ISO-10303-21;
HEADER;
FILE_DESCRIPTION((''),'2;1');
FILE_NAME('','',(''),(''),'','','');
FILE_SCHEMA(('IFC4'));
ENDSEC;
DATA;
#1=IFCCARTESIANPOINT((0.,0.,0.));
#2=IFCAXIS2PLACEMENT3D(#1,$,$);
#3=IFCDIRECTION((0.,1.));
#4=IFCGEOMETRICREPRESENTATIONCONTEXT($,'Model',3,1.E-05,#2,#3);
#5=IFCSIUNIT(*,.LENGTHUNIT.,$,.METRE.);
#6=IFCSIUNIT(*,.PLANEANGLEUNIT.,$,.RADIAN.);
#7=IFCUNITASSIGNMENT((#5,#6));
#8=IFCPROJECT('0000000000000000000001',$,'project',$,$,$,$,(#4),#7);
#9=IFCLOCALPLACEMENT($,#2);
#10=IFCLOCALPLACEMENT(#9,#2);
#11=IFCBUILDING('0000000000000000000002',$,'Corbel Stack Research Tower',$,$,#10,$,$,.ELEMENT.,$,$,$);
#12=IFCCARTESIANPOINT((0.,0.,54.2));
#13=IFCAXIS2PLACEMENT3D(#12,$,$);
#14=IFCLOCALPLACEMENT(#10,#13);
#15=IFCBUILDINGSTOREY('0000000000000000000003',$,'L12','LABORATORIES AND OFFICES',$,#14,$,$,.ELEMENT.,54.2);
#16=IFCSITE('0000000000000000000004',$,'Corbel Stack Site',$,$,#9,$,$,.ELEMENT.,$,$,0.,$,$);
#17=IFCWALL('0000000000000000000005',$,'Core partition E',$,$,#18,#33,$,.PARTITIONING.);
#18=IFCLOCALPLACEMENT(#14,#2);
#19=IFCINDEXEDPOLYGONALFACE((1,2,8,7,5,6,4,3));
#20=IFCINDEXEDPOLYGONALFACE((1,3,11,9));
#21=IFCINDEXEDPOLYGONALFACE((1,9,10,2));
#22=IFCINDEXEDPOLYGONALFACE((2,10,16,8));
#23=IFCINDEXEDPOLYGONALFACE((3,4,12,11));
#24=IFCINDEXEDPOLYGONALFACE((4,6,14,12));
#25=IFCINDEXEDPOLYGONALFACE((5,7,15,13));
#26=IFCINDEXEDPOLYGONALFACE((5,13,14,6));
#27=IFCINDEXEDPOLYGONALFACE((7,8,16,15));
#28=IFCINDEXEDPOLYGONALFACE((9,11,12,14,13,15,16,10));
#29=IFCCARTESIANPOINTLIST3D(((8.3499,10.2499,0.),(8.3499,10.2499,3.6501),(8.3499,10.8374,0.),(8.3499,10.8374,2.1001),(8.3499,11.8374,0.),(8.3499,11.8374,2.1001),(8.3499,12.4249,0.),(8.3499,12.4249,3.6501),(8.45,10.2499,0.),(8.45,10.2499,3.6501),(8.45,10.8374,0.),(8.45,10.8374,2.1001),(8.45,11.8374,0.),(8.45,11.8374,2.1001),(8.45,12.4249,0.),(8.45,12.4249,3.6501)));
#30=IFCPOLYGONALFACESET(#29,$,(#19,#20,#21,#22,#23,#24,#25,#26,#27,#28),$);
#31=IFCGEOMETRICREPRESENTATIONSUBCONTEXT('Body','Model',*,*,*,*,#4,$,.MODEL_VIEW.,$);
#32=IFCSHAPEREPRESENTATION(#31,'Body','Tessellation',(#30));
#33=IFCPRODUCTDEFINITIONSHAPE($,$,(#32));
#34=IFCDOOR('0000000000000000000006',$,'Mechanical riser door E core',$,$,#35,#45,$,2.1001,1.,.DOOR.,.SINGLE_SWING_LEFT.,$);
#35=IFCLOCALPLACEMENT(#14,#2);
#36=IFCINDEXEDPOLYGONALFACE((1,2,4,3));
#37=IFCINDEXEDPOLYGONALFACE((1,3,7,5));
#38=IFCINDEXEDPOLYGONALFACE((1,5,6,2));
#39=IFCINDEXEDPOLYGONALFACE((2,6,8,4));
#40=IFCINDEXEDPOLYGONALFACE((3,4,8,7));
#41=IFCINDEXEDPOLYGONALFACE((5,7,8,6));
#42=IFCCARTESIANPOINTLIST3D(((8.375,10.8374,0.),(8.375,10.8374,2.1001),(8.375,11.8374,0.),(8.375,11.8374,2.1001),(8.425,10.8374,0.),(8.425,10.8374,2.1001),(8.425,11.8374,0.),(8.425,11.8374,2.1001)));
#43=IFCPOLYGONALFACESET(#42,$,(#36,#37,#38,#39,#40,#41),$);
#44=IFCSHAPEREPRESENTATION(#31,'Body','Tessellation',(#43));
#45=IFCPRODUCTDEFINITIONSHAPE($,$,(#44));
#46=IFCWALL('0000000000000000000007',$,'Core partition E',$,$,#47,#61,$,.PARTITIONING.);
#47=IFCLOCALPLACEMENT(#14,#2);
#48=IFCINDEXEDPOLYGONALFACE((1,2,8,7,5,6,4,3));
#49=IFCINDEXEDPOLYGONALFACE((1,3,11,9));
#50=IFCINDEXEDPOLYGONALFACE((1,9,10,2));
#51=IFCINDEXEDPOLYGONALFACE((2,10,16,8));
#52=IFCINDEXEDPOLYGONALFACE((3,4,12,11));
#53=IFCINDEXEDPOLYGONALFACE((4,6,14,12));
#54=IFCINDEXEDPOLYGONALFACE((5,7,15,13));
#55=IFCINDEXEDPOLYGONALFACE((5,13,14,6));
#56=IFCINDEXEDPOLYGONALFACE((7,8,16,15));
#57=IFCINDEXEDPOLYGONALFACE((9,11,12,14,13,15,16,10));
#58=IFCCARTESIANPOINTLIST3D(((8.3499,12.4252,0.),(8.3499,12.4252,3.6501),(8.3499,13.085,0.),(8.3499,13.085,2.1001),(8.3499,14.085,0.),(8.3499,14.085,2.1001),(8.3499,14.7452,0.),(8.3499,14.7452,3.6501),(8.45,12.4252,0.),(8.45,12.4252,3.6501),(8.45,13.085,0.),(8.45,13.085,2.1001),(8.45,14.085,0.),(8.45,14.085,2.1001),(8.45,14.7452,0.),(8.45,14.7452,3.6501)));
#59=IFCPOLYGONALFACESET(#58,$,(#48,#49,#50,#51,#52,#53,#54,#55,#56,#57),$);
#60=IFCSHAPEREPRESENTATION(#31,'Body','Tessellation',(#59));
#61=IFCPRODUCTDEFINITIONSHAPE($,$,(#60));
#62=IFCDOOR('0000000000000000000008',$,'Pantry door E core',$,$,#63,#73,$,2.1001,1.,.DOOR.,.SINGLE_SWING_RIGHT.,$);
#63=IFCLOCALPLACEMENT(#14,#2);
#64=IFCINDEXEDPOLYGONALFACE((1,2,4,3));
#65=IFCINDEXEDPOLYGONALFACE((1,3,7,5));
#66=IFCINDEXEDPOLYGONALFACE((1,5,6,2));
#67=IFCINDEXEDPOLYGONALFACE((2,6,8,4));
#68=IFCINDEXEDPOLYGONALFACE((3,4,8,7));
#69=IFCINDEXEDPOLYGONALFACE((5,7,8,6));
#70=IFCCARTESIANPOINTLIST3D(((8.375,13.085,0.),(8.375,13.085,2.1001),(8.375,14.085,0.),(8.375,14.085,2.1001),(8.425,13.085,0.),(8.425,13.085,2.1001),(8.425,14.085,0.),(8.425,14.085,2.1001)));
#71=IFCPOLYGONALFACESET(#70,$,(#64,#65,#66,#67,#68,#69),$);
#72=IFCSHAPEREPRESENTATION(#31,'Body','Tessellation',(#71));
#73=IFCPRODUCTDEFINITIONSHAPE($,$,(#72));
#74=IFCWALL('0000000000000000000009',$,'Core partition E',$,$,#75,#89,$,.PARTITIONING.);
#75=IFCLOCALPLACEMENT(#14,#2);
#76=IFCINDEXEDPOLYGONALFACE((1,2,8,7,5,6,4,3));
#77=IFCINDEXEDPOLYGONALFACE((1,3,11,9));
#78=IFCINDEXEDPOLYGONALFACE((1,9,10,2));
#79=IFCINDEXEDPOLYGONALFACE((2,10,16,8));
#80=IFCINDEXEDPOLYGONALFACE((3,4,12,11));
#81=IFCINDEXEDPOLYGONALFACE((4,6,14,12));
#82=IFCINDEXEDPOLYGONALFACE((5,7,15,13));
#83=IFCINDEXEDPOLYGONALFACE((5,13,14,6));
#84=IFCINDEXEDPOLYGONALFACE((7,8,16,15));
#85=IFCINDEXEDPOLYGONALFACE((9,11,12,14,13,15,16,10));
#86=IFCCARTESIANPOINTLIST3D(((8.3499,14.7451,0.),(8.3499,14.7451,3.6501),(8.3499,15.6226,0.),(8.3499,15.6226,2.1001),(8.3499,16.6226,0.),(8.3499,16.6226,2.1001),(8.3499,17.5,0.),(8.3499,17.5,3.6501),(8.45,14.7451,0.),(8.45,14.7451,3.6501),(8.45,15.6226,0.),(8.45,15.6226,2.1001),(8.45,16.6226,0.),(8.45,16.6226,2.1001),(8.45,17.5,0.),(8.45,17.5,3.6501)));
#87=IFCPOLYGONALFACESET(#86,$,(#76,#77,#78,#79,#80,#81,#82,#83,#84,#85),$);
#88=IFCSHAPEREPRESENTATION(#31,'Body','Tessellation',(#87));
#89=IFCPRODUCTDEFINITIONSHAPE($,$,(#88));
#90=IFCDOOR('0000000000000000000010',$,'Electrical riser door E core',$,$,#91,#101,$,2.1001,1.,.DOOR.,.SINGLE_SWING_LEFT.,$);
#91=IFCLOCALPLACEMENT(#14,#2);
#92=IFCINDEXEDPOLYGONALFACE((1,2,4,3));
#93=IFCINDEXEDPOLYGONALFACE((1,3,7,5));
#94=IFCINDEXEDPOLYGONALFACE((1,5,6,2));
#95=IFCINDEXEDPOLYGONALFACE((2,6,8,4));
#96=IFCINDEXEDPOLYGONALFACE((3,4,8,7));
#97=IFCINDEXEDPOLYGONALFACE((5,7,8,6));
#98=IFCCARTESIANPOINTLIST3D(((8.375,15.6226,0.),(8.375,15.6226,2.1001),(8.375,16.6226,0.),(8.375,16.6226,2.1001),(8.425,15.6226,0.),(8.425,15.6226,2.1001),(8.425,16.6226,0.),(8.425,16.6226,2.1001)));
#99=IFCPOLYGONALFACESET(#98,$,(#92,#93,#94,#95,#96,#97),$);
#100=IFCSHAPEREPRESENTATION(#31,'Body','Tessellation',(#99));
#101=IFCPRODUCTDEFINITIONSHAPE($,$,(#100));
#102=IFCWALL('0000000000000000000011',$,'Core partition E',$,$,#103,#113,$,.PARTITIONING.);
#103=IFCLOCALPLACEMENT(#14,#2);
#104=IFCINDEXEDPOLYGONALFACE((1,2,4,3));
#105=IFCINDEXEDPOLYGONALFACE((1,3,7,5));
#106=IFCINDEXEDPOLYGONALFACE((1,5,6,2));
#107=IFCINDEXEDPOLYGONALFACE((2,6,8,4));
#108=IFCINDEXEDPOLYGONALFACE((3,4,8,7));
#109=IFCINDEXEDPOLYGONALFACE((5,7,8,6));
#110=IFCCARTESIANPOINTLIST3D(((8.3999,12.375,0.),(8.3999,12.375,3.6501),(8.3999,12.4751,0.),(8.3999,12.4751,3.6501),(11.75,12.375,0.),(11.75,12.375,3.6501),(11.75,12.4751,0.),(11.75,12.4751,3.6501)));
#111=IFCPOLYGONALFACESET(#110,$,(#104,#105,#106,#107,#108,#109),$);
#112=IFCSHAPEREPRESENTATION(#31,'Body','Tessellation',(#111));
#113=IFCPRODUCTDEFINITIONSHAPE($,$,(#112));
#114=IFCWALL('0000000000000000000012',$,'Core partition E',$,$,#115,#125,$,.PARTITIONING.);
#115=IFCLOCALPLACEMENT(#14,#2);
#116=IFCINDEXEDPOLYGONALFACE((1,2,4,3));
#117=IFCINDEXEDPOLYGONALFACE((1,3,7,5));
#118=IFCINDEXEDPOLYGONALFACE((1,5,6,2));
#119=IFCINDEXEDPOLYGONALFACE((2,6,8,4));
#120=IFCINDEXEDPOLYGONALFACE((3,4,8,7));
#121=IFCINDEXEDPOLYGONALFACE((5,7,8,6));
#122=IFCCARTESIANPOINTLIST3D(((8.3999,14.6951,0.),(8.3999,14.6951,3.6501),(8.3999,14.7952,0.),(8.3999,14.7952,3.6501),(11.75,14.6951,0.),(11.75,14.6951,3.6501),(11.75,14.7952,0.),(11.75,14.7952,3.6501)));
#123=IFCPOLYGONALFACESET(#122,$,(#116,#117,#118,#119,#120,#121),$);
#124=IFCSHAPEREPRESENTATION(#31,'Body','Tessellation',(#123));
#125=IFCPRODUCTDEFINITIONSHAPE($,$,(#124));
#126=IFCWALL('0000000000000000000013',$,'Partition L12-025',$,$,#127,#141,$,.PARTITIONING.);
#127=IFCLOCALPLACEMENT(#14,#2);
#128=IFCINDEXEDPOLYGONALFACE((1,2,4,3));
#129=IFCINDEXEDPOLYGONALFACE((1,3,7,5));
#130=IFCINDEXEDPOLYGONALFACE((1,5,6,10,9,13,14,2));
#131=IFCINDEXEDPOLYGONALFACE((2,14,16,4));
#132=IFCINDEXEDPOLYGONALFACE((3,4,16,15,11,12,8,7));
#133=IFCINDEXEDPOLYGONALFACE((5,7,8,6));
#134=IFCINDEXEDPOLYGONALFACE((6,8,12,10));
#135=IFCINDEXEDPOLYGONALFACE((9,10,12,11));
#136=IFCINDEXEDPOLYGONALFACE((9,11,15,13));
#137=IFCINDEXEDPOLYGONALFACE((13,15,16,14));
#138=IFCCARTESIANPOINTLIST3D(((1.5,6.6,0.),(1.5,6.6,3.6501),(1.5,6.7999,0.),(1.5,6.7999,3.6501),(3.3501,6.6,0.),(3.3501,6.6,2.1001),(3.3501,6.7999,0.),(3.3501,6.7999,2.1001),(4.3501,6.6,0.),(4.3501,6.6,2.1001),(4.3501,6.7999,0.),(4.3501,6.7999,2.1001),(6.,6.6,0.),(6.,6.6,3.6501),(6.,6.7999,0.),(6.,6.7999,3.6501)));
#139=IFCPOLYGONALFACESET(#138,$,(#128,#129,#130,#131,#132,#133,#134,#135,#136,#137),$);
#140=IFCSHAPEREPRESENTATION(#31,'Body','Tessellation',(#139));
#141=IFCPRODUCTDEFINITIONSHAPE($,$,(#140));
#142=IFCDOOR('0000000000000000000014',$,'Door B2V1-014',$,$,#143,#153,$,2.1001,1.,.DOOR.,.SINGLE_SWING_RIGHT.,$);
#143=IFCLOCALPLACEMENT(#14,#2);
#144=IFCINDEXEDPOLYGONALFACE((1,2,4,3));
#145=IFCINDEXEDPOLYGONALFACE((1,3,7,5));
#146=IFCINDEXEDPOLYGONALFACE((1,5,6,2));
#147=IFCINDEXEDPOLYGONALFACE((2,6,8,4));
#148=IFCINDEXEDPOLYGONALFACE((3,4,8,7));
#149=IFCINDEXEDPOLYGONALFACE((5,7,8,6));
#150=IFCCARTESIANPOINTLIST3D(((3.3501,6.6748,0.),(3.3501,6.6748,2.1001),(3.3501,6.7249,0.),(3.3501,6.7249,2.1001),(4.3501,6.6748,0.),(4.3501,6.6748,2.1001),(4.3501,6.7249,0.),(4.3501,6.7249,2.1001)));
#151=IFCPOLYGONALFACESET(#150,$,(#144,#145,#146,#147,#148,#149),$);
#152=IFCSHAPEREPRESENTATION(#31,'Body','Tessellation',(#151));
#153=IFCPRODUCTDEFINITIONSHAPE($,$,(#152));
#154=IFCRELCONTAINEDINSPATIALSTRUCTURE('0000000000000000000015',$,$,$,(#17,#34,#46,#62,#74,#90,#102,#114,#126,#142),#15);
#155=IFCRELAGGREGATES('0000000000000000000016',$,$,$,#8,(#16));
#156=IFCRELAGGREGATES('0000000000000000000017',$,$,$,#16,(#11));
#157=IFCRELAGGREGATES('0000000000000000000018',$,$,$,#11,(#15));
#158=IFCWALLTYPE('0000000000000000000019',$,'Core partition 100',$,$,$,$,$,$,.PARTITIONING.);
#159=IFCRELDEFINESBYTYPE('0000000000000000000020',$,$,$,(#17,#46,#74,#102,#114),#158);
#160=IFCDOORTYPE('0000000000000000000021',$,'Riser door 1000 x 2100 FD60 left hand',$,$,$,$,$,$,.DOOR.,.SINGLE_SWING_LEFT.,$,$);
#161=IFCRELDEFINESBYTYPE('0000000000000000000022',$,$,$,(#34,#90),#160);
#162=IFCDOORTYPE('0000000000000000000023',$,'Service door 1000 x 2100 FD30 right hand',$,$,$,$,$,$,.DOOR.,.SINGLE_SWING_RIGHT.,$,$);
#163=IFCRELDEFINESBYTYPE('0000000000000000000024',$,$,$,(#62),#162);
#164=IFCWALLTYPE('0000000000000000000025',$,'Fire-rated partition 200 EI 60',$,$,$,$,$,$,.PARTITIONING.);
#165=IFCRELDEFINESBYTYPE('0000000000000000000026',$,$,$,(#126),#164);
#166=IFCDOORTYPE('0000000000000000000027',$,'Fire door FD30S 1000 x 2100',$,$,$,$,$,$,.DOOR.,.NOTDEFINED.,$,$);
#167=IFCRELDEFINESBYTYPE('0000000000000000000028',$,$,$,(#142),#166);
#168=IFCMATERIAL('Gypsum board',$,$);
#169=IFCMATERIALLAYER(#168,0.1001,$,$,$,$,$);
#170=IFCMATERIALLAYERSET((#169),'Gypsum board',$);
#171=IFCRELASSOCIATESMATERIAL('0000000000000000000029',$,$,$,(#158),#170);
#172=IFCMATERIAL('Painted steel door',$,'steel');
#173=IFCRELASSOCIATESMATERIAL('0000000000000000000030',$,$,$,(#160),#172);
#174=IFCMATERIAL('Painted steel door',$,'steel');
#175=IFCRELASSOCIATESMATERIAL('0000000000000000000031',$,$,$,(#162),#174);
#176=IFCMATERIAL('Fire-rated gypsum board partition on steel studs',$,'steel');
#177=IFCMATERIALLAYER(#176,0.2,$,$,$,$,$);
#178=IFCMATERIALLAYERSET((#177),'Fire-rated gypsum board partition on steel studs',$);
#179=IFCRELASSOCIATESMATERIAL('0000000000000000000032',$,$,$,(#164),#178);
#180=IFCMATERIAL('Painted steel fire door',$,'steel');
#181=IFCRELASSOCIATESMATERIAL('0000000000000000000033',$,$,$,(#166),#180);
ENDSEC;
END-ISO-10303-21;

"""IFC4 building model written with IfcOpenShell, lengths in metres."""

from ifc_helpers import new_model, si_unit, direction, frame, frame_2d, origin, place, context, subcontext, project, spatial, rectangle, extrude, material, layer, layer_set, type_object, element, fill, save


model = new_model("IFC4")

# Units and contexts
model_context = context("Model", 3, precision=1e-05, world=origin(), true_north=direction((0.0, 1.0)))
body_context = subcontext(model_context, "Body", "Model", "MODEL_VIEW")
ifc_project = project(units=[si_unit("LENGTHUNIT", "METRE"), si_unit("PLANEANGLEUNIT", "RADIAN")], contexts=[model_context])

# Site, building, storey
site_placement = place(None, origin())
site = spatial("IfcSite", under=ifc_project, at=site_placement, Name="Corbel Stack Site", CompositionType="ELEMENT", RefElevation=0.0)
building_placement = place(site_placement, origin())
building = spatial("IfcBuilding", under=site, at=building_placement, Name="Corbel Stack Research Tower", CompositionType="ELEMENT")
storey_placement = place(building_placement, frame((0.0, 0.0, 54.2)))
storey = spatial("IfcBuildingStorey", under=building, at=storey_placement, Name="L12", Description="LABORATORIES AND OFFICES", CompositionType="ELEMENT", Elevation=54.2)

# Walls, openings, doors
ifc_material_1 = material(Name="Gypsum board")
ifc_layer_1 = layer(ifc_material_1, 0.1001)
ifc_layer_set_1 = layer_set([ifc_layer_1], Name="Gypsum board")
wall_type_1 = type_object("IfcWallType", Name="Core partition 100", PredefinedType="PARTITIONING", material=ifc_layer_set_1)
wall_1_placement = place(storey_placement, frame((8.3999, 10.25, 0.0), z_axis=(0.0, 0.0, 1.0), x_axis=(0.0, 1.0, 0.0)))
wall_1 = element("IfcWall", 1, at=wall_1_placement, inside=storey, type_object=wall_type_1, Name="Core partition E", PredefinedType="PARTITIONING", context=body_context, shape_type="SweptSolid", body=[
    extrude(rectangle(XDim=2.175, YDim=0.1001, at=frame_2d((1.0874, 0.0))), origin(), (0.0, 0.0, 1.0), 3.6501),
])
opening_1_placement = place(wall_1_placement, frame((0.5874, 0.0, 0.0)))
opening_1 = element("IfcOpeningElement", 2, at=opening_1_placement, cuts=wall_1, PredefinedType="OPENING", context=body_context, shape_type="SweptSolid", body=[
    extrude(rectangle(XDim=1.0, YDim=2.1001, at=frame_2d((0.5, 1.05))), frame((0.0, 0.0601, 0.0), z_axis=(0.0, -1.0, 0.0), x_axis=(1.0, 0.0, 0.0)), (0.0, 0.0, 1.0), 0.1201),
])
ifc_material_2 = material(Name="Painted steel door", Category="steel")
door_type_1 = type_object("IfcDoorType", Name="Riser door 1000 x 2100 FD60 left hand", OperationType="SINGLE_SWING_LEFT", PredefinedType="DOOR", material=ifc_material_2)
door_1_placement = place(opening_1_placement, origin())
door_1 = element("IfcDoor", 3, at=door_1_placement, inside=storey, type_object=door_type_1, Name="Mechanical riser door E core", OperationType="SINGLE_SWING_LEFT", OverallHeight=2.1001, OverallWidth=1.0, PredefinedType="DOOR", context=body_context, shape_type="SweptSolid", body=[
    extrude(rectangle(XDim=1.0, YDim=2.1001, at=frame_2d((0.5, 1.05))), frame((0.0, 0.0249, 0.0), z_axis=(0.0, -1.0, 0.0), x_axis=(1.0, 0.0, 0.0)), (0.0, 0.0, 1.0), 0.05),
])
fill(opening_1, door_1)
wall_2_placement = place(storey_placement, frame((8.3999, 12.425, 0.0), z_axis=(0.0, 0.0, 1.0), x_axis=(0.0, 1.0, 0.0)))
wall_2 = element("IfcWall", 4, at=wall_2_placement, inside=storey, type_object=wall_type_1, Name="Core partition E", PredefinedType="PARTITIONING", context=body_context, shape_type="SweptSolid", body=[
    extrude(rectangle(XDim=2.3201, YDim=0.1001, at=frame_2d((1.1602, 0.0))), origin(), (0.0, 0.0, 1.0), 3.6501),
])
opening_2_placement = place(wall_2_placement, frame((0.6599, 0.0, 0.0)))
opening_2 = element("IfcOpeningElement", 5, at=opening_2_placement, cuts=wall_2, PredefinedType="OPENING", context=body_context, shape_type="SweptSolid", body=[
    extrude(rectangle(XDim=1.0, YDim=2.1001, at=frame_2d((0.5, 1.05))), frame((0.0, 0.0601, 0.0), z_axis=(0.0, -1.0, 0.0), x_axis=(1.0, 0.0, 0.0)), (0.0, 0.0, 1.0), 0.1201),
])
ifc_material_3 = material(Name="Painted steel door", Category="steel")
door_type_2 = type_object("IfcDoorType", Name="Service door 1000 x 2100 FD30 right hand", OperationType="SINGLE_SWING_RIGHT", PredefinedType="DOOR", material=ifc_material_3)
door_2_placement = place(opening_2_placement, origin())
door_2 = element("IfcDoor", 6, at=door_2_placement, inside=storey, type_object=door_type_2, Name="Pantry door E core", OperationType="SINGLE_SWING_RIGHT", OverallHeight=2.1001, OverallWidth=1.0, PredefinedType="DOOR", context=body_context, shape_type="SweptSolid", body=[
    extrude(rectangle(XDim=1.0, YDim=2.1001, at=frame_2d((0.5, 1.05))), frame((0.0, 0.0249, 0.0), z_axis=(0.0, -1.0, 0.0), x_axis=(1.0, 0.0, 0.0)), (0.0, 0.0, 1.0), 0.05),
])
fill(opening_2, door_2)
wall_3_placement = place(storey_placement, frame((8.3999, 14.7451, 0.0), z_axis=(0.0, 0.0, 1.0), x_axis=(0.0, 1.0, 0.0)))
wall_3 = element("IfcWall", 7, at=wall_3_placement, inside=storey, type_object=wall_type_1, Name="Core partition E", PredefinedType="PARTITIONING", context=body_context, shape_type="SweptSolid", body=[
    extrude(rectangle(XDim=2.7549, YDim=0.1001, at=frame_2d((1.3774, 0.0))), origin(), (0.0, 0.0, 1.0), 3.6501),
])
opening_3_placement = place(wall_3_placement, frame((0.8774, 0.0, 0.0)))
opening_3 = element("IfcOpeningElement", 8, at=opening_3_placement, cuts=wall_3, PredefinedType="OPENING", context=body_context, shape_type="SweptSolid", body=[
    extrude(rectangle(XDim=1.0, YDim=2.1001, at=frame_2d((0.5, 1.05))), frame((0.0, 0.0601, 0.0), z_axis=(0.0, -1.0, 0.0), x_axis=(1.0, 0.0, 0.0)), (0.0, 0.0, 1.0), 0.1201),
])
door_3_placement = place(opening_3_placement, origin())
door_3 = element("IfcDoor", 9, at=door_3_placement, inside=storey, type_object=door_type_1, Name="Electrical riser door E core", OperationType="SINGLE_SWING_LEFT", OverallHeight=2.1001, OverallWidth=1.0, PredefinedType="DOOR", context=body_context, shape_type="SweptSolid", body=[
    extrude(rectangle(XDim=1.0, YDim=2.1001, at=frame_2d((0.5, 1.05))), frame((0.0, 0.0249, 0.0), z_axis=(0.0, -1.0, 0.0), x_axis=(1.0, 0.0, 0.0)), (0.0, 0.0, 1.0), 0.05),
])
fill(opening_3, door_3)

# Walls
for number, where, z_axis, x_axis, name in (
    (10, (8.3999, 12.425, 0.0), (0.0, 0.0, 1.0), (1.0, 0.0, 0.0), "Core partition E"),
    (11, (8.3999, 14.7451, 0.0), (0.0, 0.0, 1.0), (1.0, 0.0, 0.0), "Core partition E"),
):
    element("IfcWall", number, at=place(storey_placement, frame(where, z_axis=z_axis, x_axis=x_axis)), inside=storey, type_object=wall_type_1, Name=name, PredefinedType="PARTITIONING", context=body_context, shape_type="SweptSolid", body=[
        extrude(rectangle(XDim=3.3501, YDim=0.1001, at=frame_2d((1.675, 0.0))), origin(), (0.0, 0.0, 1.0), 3.6501),
    ])

# Wall, opening, door
ifc_material_4 = material(Name="Fire-rated gypsum board partition on steel studs", Category="steel")
ifc_layer_2 = layer(ifc_material_4, 0.2)
ifc_layer_set_2 = layer_set([ifc_layer_2], Name="Fire-rated gypsum board partition on steel studs")
wall_type_2 = type_object("IfcWallType", Name="Fire-rated partition 200 EI 60", PredefinedType="PARTITIONING", material=ifc_layer_set_2)
wall_4_placement = place(storey_placement, frame((1.5, 6.7, 0.0), z_axis=(0.0, 0.0, 1.0), x_axis=(1.0, 0.0, 0.0)))
wall_4 = element("IfcWall", 12, at=wall_4_placement, inside=storey, type_object=wall_type_2, Name="Partition L12-025", PredefinedType="PARTITIONING", context=body_context, shape_type="SweptSolid", body=[
    extrude(rectangle(XDim=4.5, YDim=0.2, at=frame_2d((2.25, 0.0))), origin(), (0.0, 0.0, 1.0), 3.6501),
])
opening_4_placement = place(wall_4_placement, frame((1.8501, 0.0, 0.0)))
opening_4 = element("IfcOpeningElement", 13, at=opening_4_placement, cuts=wall_4, PredefinedType="OPENING", context=body_context, shape_type="SweptSolid", body=[
    extrude(rectangle(XDim=1.0, YDim=2.1001, at=frame_2d((0.5, 1.05))), frame((0.0, 0.1099, 0.0), z_axis=(0.0, -1.0, 0.0), x_axis=(1.0, 0.0, 0.0)), (0.0, 0.0, 1.0), 0.22),
])
ifc_material_5 = material(Name="Painted steel fire door", Category="steel")
door_type_3 = type_object("IfcDoorType", Name="Fire door FD30S 1000 x 2100", OperationType="NOTDEFINED", PredefinedType="DOOR", material=ifc_material_5)
door_4_placement = place(opening_4_placement, origin())
door_4 = element("IfcDoor", 14, at=door_4_placement, inside=storey, type_object=door_type_3, Name="Door B2V1-014", OperationType="SINGLE_SWING_RIGHT", OverallHeight=2.1001, OverallWidth=1.0, PredefinedType="DOOR", context=body_context, shape_type="SweptSolid", body=[
    extrude(rectangle(XDim=1.0, YDim=2.1001, at=frame_2d((0.5, 1.05))), frame((0.0, 0.0249, 0.0), z_axis=(0.0, -1.0, 0.0), x_axis=(1.0, 0.0, 0.0)), (0.0, 0.0, 1.0), 0.05),
])
fill(opening_4, door_4)

save(model, "model.ifc")
